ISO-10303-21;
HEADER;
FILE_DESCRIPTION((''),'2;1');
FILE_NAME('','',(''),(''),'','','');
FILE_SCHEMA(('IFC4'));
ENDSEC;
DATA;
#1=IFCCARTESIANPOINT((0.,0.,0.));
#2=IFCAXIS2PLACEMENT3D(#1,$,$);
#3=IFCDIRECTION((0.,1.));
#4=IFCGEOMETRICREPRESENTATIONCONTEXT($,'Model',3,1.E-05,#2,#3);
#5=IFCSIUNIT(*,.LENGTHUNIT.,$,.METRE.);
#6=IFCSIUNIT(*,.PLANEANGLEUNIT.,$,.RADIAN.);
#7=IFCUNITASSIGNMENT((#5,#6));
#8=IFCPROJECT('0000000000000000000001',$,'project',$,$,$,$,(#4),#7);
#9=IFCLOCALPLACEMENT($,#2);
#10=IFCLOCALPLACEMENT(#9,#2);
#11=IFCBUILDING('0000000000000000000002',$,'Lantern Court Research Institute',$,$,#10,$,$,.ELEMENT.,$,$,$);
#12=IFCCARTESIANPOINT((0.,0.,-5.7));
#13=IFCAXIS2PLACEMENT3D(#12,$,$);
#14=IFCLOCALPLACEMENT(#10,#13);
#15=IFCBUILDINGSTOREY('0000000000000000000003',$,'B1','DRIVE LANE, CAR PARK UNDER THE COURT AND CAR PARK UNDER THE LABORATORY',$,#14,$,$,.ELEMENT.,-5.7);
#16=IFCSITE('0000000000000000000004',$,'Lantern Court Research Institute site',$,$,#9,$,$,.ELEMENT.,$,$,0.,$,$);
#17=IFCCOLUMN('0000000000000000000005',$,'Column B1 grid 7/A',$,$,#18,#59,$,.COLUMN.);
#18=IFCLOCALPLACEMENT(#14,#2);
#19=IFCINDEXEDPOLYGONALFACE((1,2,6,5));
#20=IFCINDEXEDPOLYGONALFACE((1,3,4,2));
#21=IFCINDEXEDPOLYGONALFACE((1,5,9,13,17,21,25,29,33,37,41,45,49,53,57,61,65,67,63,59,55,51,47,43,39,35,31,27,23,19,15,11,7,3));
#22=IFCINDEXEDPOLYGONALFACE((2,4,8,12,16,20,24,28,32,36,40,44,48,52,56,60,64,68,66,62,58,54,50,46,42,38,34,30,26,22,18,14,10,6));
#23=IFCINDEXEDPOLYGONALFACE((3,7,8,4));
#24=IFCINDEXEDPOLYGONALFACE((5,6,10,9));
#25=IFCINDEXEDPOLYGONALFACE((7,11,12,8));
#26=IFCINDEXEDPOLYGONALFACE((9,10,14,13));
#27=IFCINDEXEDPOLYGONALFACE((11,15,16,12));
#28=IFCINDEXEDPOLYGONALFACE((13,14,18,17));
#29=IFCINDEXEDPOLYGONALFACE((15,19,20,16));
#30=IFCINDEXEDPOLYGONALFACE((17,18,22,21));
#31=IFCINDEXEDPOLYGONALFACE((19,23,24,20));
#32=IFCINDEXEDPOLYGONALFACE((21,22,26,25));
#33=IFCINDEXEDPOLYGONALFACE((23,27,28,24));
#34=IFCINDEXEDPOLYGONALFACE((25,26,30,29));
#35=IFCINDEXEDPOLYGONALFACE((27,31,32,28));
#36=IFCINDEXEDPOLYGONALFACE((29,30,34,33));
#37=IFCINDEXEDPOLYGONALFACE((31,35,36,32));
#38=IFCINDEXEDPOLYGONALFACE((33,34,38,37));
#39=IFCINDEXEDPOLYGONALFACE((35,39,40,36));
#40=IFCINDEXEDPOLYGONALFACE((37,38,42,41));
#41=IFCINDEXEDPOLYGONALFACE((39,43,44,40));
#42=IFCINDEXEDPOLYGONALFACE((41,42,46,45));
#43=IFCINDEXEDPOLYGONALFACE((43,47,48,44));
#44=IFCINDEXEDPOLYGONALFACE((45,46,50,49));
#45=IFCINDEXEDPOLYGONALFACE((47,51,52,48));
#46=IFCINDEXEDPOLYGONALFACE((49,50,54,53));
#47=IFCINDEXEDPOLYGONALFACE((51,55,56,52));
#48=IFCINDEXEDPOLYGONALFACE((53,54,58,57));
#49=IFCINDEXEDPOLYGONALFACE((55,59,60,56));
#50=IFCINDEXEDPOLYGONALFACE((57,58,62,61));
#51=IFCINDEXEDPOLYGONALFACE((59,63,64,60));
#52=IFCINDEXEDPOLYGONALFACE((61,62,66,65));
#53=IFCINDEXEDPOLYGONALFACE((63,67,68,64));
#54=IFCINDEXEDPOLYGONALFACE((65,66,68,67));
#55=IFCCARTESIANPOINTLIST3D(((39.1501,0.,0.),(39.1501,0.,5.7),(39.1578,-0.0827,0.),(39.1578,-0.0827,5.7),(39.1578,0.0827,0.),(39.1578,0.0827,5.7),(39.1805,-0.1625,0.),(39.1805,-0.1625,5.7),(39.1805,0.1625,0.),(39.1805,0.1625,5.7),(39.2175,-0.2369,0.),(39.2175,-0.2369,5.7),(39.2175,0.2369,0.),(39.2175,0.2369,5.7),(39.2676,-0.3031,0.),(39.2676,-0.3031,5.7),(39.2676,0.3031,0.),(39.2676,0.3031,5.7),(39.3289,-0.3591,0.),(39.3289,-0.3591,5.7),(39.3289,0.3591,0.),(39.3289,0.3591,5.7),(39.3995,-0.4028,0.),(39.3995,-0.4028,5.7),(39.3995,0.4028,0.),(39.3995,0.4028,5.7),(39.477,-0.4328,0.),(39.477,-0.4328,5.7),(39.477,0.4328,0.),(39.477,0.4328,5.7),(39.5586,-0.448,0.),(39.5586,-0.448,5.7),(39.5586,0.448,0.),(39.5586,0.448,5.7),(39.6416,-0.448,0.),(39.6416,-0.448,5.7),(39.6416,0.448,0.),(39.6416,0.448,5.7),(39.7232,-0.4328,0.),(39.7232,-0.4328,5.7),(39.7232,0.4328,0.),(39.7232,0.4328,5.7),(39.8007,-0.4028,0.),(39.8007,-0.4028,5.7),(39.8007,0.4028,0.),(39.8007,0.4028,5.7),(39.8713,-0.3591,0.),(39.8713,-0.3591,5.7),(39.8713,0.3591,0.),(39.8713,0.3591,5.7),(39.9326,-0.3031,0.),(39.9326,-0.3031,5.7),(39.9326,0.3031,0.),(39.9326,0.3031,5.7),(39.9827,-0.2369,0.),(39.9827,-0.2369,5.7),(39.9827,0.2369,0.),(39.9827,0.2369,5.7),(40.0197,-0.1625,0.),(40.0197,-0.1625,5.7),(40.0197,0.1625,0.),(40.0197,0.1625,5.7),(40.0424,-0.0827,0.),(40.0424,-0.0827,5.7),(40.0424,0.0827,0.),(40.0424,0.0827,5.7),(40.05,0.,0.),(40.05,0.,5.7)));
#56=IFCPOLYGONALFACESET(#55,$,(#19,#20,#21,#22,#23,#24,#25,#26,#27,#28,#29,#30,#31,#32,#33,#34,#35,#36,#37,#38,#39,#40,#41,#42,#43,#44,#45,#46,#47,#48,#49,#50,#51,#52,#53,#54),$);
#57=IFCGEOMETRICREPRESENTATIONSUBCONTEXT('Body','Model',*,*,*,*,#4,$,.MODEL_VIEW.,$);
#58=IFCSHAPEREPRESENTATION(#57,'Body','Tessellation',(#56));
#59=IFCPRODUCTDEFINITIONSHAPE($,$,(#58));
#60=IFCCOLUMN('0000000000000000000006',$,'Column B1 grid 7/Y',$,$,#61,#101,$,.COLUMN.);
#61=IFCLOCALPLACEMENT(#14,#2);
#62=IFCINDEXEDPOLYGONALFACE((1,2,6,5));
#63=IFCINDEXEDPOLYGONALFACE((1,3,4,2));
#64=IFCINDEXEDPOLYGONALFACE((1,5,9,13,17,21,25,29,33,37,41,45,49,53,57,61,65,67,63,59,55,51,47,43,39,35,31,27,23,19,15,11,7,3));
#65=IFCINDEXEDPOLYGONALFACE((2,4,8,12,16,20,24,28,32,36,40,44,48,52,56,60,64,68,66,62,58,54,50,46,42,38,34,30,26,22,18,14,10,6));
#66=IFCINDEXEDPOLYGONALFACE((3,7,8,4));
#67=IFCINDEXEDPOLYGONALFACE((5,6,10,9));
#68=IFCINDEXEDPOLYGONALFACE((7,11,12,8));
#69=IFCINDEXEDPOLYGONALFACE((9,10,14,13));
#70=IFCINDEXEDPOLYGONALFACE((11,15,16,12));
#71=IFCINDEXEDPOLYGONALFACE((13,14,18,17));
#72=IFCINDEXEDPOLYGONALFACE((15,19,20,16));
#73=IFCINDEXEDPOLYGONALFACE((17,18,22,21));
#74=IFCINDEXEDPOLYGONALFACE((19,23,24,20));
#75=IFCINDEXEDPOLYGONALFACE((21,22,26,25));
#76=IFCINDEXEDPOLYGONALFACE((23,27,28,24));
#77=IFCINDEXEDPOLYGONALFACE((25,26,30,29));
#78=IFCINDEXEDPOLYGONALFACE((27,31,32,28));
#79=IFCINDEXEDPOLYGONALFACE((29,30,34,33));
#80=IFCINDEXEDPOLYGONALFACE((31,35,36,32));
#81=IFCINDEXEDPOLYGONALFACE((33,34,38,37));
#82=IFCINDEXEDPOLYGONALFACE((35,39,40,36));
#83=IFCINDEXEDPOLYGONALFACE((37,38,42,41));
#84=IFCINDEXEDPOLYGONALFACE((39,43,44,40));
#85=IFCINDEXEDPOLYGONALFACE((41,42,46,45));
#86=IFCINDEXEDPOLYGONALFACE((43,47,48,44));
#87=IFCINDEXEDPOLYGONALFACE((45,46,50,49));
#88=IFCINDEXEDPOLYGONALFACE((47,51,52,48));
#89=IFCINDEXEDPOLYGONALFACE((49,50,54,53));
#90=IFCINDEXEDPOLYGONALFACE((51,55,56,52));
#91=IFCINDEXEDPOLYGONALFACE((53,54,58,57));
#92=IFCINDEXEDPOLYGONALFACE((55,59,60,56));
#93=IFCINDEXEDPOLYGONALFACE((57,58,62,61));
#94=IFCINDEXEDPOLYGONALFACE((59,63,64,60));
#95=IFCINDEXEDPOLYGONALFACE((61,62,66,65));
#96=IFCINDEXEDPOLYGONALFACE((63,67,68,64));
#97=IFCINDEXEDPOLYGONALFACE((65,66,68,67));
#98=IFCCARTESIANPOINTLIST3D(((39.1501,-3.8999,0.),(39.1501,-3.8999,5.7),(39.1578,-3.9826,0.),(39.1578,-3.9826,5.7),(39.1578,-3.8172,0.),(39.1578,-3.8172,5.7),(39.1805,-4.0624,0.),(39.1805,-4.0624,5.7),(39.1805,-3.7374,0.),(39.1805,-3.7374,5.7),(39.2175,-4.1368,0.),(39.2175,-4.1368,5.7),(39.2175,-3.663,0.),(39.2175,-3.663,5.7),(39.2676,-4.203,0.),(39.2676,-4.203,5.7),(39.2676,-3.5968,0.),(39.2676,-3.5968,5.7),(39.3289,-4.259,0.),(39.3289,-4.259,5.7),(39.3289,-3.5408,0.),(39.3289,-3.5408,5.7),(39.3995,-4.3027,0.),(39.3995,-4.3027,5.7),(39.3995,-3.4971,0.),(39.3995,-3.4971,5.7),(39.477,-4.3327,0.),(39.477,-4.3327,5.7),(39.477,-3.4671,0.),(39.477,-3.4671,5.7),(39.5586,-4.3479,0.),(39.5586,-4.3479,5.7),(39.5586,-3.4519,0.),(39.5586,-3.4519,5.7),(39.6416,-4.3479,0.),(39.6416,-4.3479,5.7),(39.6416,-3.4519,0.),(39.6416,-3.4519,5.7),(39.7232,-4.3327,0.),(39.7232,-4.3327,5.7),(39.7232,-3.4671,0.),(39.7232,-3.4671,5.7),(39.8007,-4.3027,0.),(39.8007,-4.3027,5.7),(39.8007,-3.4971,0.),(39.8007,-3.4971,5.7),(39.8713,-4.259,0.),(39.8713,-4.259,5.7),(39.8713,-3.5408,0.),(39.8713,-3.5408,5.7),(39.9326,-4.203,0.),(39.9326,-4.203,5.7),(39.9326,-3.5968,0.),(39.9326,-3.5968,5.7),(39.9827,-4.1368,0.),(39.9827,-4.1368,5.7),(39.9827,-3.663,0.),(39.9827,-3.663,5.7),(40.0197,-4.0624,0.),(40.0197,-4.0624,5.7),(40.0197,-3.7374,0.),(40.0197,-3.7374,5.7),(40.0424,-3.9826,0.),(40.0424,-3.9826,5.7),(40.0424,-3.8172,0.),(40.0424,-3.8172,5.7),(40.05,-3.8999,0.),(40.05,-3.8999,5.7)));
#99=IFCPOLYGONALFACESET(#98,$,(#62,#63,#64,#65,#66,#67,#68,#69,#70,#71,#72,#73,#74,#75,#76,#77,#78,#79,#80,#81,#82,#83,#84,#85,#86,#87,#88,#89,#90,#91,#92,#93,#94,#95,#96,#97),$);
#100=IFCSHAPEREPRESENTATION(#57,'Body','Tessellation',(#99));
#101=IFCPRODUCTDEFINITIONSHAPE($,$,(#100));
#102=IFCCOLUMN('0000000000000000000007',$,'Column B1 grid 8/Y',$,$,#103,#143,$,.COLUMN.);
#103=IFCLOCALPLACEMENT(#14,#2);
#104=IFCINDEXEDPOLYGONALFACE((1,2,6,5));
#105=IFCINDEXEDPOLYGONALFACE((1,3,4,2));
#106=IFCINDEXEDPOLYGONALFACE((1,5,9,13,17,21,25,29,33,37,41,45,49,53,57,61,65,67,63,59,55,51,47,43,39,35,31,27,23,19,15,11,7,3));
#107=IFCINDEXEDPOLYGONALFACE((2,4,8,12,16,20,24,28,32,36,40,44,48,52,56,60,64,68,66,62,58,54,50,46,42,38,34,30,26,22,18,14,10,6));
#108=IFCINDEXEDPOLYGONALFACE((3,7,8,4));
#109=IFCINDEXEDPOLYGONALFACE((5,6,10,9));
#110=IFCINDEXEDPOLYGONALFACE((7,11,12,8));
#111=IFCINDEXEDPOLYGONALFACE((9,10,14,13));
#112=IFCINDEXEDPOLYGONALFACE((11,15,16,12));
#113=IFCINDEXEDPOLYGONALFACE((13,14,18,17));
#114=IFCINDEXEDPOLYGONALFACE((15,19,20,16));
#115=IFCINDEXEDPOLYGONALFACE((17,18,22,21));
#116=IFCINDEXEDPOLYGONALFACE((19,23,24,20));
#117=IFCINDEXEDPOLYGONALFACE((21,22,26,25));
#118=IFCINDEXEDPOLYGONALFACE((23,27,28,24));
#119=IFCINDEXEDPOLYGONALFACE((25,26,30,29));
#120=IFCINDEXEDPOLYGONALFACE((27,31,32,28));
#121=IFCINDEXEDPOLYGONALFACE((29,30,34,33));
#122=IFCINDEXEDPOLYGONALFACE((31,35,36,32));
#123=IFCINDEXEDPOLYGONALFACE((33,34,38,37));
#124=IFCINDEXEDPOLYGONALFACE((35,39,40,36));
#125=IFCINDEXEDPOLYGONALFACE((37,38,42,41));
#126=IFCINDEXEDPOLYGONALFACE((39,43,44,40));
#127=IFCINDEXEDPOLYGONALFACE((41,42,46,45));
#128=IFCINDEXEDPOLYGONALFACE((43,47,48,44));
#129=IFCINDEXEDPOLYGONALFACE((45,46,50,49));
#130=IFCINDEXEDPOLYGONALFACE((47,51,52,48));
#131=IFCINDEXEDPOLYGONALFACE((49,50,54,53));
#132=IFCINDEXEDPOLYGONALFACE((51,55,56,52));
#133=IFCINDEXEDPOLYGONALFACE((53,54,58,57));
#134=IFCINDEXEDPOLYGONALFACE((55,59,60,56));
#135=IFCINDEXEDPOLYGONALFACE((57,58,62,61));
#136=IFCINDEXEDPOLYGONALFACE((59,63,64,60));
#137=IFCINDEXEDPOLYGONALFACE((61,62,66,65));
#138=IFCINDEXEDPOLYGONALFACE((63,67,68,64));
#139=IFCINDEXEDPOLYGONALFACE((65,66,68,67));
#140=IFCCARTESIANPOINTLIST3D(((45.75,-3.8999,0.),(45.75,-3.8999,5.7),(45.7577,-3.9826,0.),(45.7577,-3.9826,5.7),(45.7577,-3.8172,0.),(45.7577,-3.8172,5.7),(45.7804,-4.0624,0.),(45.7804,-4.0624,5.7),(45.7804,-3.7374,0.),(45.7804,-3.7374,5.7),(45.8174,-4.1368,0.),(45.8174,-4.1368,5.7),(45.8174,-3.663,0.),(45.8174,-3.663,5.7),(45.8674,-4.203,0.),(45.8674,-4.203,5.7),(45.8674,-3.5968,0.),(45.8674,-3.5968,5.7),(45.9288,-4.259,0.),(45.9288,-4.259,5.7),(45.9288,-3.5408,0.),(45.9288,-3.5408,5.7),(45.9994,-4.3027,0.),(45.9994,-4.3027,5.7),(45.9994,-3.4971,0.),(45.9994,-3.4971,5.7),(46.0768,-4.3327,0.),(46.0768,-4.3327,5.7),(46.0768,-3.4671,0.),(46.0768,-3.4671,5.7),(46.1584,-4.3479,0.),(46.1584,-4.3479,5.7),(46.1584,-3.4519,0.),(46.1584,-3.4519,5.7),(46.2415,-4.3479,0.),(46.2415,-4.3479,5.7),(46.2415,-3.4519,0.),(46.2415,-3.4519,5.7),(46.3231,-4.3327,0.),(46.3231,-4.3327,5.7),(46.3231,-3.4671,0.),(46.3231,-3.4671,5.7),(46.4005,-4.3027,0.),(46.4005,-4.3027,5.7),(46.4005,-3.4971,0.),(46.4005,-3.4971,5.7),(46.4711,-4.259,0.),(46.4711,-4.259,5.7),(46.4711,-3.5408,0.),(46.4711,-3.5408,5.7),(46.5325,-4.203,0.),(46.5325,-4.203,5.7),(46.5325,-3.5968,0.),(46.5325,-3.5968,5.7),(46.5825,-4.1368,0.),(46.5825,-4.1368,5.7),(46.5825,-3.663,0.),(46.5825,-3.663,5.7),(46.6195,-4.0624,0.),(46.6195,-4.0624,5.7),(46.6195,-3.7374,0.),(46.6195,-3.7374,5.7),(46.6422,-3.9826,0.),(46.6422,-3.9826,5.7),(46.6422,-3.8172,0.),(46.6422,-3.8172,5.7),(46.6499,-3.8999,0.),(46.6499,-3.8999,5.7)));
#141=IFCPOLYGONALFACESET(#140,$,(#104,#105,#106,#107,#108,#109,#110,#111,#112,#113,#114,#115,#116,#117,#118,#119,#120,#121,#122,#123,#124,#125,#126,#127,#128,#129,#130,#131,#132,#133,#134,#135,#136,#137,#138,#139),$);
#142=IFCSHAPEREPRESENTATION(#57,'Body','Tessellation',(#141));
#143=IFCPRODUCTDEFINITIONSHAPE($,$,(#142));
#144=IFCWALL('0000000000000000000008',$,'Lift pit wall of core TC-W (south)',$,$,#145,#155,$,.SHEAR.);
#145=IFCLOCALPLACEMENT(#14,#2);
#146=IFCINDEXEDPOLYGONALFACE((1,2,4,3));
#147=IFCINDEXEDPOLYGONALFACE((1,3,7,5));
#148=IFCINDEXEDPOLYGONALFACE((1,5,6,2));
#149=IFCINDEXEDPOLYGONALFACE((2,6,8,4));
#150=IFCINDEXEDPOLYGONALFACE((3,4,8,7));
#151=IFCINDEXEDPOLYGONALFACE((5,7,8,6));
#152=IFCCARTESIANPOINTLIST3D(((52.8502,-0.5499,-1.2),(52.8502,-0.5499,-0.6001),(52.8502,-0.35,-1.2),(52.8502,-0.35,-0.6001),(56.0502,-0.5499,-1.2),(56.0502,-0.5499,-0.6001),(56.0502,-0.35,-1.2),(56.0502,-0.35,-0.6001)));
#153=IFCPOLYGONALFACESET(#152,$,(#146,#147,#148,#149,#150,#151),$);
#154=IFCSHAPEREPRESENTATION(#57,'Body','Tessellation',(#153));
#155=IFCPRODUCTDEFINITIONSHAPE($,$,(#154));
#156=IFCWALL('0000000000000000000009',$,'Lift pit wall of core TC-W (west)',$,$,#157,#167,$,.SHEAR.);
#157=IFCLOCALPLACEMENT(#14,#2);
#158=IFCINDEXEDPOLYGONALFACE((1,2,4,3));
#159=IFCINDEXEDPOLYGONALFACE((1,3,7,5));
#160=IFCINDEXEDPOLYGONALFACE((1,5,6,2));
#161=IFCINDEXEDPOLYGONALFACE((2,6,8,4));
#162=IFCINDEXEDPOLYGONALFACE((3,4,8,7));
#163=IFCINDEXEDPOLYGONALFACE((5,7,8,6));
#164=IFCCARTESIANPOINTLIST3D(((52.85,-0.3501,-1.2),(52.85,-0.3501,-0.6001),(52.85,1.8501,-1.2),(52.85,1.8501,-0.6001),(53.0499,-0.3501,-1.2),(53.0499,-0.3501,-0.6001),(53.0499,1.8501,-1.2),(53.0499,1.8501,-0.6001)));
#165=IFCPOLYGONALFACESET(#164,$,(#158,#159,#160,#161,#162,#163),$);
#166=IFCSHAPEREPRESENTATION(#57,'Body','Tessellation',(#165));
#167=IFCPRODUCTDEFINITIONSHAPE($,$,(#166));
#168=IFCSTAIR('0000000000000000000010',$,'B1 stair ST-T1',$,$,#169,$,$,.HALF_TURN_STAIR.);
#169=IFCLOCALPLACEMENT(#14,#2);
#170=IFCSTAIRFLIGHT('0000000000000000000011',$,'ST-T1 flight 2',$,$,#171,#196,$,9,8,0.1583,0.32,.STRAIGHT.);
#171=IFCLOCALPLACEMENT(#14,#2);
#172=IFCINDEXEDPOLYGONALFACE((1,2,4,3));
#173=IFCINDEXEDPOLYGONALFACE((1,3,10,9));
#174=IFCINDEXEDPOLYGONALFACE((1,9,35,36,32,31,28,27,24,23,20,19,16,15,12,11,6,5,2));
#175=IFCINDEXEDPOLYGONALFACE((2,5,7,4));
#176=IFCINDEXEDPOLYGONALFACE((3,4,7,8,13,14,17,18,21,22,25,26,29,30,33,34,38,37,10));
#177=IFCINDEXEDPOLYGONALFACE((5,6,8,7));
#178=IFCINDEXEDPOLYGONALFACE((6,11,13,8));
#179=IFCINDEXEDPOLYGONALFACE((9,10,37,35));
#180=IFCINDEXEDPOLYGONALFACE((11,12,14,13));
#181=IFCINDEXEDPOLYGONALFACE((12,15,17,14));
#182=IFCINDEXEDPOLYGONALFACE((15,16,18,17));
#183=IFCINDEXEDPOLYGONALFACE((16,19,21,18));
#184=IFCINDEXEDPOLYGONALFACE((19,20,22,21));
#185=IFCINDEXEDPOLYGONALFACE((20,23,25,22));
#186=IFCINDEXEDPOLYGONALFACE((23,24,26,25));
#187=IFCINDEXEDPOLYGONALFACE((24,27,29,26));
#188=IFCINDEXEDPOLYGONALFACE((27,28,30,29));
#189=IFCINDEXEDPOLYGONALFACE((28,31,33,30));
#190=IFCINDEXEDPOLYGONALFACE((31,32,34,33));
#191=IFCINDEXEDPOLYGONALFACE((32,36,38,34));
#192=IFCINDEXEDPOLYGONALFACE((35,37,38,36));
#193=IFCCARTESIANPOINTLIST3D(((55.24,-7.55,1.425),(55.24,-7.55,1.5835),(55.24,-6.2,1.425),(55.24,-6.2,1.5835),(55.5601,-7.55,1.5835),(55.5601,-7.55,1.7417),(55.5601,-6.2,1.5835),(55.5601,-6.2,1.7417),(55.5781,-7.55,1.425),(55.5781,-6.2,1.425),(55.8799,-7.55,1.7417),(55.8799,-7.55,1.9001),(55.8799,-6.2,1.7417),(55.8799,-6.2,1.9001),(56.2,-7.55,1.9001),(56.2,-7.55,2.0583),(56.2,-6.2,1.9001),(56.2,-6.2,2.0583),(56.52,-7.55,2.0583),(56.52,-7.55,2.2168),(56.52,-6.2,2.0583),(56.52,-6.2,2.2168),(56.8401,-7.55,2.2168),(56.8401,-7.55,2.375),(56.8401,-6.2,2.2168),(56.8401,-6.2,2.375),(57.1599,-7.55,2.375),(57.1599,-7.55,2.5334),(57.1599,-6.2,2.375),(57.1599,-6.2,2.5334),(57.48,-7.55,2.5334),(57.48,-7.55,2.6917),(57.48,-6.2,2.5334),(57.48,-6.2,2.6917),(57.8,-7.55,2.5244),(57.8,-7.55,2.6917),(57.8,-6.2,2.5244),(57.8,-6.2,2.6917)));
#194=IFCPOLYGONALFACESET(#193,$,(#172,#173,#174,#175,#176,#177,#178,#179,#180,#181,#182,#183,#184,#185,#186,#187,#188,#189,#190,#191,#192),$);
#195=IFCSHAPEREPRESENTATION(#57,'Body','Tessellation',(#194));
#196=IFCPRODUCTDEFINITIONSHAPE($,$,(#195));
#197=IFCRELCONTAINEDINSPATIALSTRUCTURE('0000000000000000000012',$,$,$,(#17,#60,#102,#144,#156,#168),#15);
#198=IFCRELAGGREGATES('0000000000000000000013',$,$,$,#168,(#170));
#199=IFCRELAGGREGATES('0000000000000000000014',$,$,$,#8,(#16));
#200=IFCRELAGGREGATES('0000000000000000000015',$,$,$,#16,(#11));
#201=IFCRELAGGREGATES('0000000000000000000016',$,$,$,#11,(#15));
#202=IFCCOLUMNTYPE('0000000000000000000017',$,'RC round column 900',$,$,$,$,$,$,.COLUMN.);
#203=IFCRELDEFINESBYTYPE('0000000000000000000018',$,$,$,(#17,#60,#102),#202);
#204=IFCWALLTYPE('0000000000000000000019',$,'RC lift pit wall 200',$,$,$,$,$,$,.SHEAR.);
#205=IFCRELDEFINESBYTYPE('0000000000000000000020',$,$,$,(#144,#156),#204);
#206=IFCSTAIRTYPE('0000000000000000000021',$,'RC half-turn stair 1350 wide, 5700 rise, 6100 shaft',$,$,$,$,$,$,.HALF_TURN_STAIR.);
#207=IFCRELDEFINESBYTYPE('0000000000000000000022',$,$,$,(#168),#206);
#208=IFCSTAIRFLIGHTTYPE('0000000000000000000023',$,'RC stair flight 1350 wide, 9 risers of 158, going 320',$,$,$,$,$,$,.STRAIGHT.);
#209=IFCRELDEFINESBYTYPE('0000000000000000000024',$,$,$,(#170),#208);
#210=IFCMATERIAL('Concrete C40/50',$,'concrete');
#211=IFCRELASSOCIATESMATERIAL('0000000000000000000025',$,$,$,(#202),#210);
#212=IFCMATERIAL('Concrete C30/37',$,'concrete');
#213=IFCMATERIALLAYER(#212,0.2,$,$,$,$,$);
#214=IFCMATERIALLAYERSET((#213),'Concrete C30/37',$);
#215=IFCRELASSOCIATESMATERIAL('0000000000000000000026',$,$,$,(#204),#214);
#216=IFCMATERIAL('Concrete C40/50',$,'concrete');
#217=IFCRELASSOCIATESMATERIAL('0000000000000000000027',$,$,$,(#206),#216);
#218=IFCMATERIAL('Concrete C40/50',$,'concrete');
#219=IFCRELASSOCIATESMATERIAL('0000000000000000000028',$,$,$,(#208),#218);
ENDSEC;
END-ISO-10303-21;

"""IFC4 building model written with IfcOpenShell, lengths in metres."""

from ifc_helpers import new_model, si_unit, direction, frame, frame_2d, origin, origin_2d, place, context, subcontext, project, spatial, polyline, rectangle, circle, outline, extrude, material, layer, layer_set, material_profile, profile_set, type_object, element, aggregate, save


model = new_model("IFC4")

# Units and contexts
model_context = context("Model", 3, precision=1e-05, world=origin(), true_north=direction((0.0, 1.0)))
body_context = subcontext(model_context, "Body", "Model", "MODEL_VIEW")
ifc_project = project(units=[si_unit("LENGTHUNIT", "METRE"), si_unit("PLANEANGLEUNIT", "RADIAN")], contexts=[model_context])

# Site, building, storey
site_placement = place(None, origin())
site = spatial("IfcSite", under=ifc_project, at=site_placement, Name="Lantern Court Research Institute site", CompositionType="ELEMENT", RefElevation=0.0)
building_placement = place(site_placement, origin())
building = spatial("IfcBuilding", under=site, at=building_placement, Name="Lantern Court Research Institute", CompositionType="ELEMENT")
storey_placement = place(building_placement, frame((0.0, 0.0, -5.7)))
storey = spatial("IfcBuildingStorey", under=building, at=storey_placement, Name="B1", Description="DRIVE LANE, CAR PARK UNDER THE COURT AND CAR PARK UNDER THE LABORATORY", CompositionType="ELEMENT", Elevation=-5.7)

# Columns
ifc_material_1 = material(Name="Concrete C40/50", Category="concrete")
ifc_material_profile_1 = material_profile(ifc_material_1, circle(Radius=0.45, at=origin_2d()), Name="RC round column 900")
ifc_profile_set_1 = profile_set([ifc_material_profile_1], Name="Concrete C40/50")
column_type = type_object("IfcColumnType", Name="RC round column 900", PredefinedType="COLUMN", material=ifc_profile_set_1)
for number, where, z_axis, x_axis, name in (
    (1, (39.6001, 0.0, 0.0), (0.0, 0.0, 1.0), (1.0, 0.0, 0.0), "Column B1 grid 7/A"),
    (2, (39.6001, -3.8999, 0.0), (0.0, 0.0, 1.0), (1.0, 0.0, 0.0), "Column B1 grid 7/Y"),
    (3, (46.2, -3.8999, 0.0), (0.0, 0.0, 1.0), (1.0, 0.0, 0.0), "Column B1 grid 8/Y"),
):
    element("IfcColumn", number, at=place(storey_placement, frame(where, z_axis=z_axis, x_axis=x_axis)), inside=storey, type_object=column_type, Name=name, PredefinedType="COLUMN", context=body_context, shape_type="SweptSolid", body=[
        extrude(circle(Radius=0.45, at=origin_2d()), origin(), (0.0, 0.0, 1.0), 5.7),
    ])

# Walls
ifc_material_2 = material(Name="Concrete C30/37", Category="concrete")
ifc_layer = layer(ifc_material_2, 0.2)
ifc_layer_set = layer_set([ifc_layer], Name="Concrete C30/37")
wall_type = type_object("IfcWallType", Name="RC lift pit wall 200", PredefinedType="SHEAR", material=ifc_layer_set)
wall_1_placement = place(storey_placement, frame((52.8501, -0.45, -1.2), z_axis=(0.0, 0.0, 1.0), x_axis=(1.0, 0.0, 0.0)))
element("IfcWall", 4, at=wall_1_placement, inside=storey, type_object=wall_type, Name="Lift pit wall of core TC-W (south)", PredefinedType="SHEAR", context=body_context, shape_type="SweptSolid", body=[
    extrude(rectangle(XDim=3.2, YDim=0.2, at=frame_2d((1.6001, 0.0))), origin(), (0.0, 0.0, 1.0), 0.5999),
])
wall_2_placement = place(storey_placement, frame((52.95, -0.3501, -1.2), z_axis=(0.0, 0.0, 1.0), x_axis=(0.0, 1.0, 0.0)))
element("IfcWall", 5, at=wall_2_placement, inside=storey, type_object=wall_type, Name="Lift pit wall of core TC-W (west)", PredefinedType="SHEAR", context=body_context, shape_type="SweptSolid", body=[
    extrude(rectangle(XDim=2.2002, YDim=0.2, at=frame_2d((1.1001, 0.0))), origin(), (0.0, 0.0, 1.0), 0.5999),
])

# Stair, stair flight
ifc_material_3 = material(Name="Concrete C40/50", Category="concrete")
stair_type = type_object("IfcStairType", Name="RC half-turn stair 1350 wide, 5700 rise, 6100 shaft", PredefinedType="HALF_TURN_STAIR", material=ifc_material_3)
stair_placement = place(storey_placement, origin())
stair = element("IfcStair", 6, at=stair_placement, inside=storey, type_object=stair_type, Name="B1 stair ST-T1", PredefinedType="HALF_TURN_STAIR")
ifc_material_4 = material(Name="Concrete C40/50", Category="concrete")
stair_flight_type = type_object("IfcStairFlightType", Name="RC stair flight 1350 wide, 9 risers of 158, going 320", PredefinedType="STRAIGHT", material=ifc_material_4)
stair_flight_1_placement = place(storey_placement, frame((55.24, -6.875, 1.425), z_axis=(0.0, 0.0, 1.0), x_axis=(1.0, 0.0, 0.0)))
stair_flight_1 = element("IfcStairFlight", 7, at=stair_flight_1_placement, type_object=stair_flight_type, Name="ST-T1 flight 2", NumberOfRisers=9, NumberOfTreads=8, PredefinedType="STRAIGHT", RiserHeight=0.1583, TreadLength=0.32, context=body_context, shape_type="SweptSolid", body=[
    extrude(outline(polyline([(0.0, 0.0), (0.0, 0.1584), (0.3201, 0.1584), (0.3201, 0.3167), (0.6399, 0.3167), (0.6399, 0.4751), (0.96, 0.4751), (0.96, 0.6333), (1.28, 0.6333), (1.28, 0.7917), (1.6001, 0.7917), (1.6001, 0.95), (1.9199, 0.95), (1.9199, 1.1084), (2.24, 1.1084), (2.24, 1.2666), (2.5601, 1.2666), (2.5601, 1.425), (2.5601, 1.0994), (0.3381, 0.0), (0.0, 0.0)])), frame((0.0, 0.675, 0.0), z_axis=(0.0, -1.0, 0.0), x_axis=(1.0, 0.0, 0.0)), (0.0, 0.0, 1.0), 1.3501),
])
aggregate(stair, [stair_flight_1])

save(model, "model.ifc")
